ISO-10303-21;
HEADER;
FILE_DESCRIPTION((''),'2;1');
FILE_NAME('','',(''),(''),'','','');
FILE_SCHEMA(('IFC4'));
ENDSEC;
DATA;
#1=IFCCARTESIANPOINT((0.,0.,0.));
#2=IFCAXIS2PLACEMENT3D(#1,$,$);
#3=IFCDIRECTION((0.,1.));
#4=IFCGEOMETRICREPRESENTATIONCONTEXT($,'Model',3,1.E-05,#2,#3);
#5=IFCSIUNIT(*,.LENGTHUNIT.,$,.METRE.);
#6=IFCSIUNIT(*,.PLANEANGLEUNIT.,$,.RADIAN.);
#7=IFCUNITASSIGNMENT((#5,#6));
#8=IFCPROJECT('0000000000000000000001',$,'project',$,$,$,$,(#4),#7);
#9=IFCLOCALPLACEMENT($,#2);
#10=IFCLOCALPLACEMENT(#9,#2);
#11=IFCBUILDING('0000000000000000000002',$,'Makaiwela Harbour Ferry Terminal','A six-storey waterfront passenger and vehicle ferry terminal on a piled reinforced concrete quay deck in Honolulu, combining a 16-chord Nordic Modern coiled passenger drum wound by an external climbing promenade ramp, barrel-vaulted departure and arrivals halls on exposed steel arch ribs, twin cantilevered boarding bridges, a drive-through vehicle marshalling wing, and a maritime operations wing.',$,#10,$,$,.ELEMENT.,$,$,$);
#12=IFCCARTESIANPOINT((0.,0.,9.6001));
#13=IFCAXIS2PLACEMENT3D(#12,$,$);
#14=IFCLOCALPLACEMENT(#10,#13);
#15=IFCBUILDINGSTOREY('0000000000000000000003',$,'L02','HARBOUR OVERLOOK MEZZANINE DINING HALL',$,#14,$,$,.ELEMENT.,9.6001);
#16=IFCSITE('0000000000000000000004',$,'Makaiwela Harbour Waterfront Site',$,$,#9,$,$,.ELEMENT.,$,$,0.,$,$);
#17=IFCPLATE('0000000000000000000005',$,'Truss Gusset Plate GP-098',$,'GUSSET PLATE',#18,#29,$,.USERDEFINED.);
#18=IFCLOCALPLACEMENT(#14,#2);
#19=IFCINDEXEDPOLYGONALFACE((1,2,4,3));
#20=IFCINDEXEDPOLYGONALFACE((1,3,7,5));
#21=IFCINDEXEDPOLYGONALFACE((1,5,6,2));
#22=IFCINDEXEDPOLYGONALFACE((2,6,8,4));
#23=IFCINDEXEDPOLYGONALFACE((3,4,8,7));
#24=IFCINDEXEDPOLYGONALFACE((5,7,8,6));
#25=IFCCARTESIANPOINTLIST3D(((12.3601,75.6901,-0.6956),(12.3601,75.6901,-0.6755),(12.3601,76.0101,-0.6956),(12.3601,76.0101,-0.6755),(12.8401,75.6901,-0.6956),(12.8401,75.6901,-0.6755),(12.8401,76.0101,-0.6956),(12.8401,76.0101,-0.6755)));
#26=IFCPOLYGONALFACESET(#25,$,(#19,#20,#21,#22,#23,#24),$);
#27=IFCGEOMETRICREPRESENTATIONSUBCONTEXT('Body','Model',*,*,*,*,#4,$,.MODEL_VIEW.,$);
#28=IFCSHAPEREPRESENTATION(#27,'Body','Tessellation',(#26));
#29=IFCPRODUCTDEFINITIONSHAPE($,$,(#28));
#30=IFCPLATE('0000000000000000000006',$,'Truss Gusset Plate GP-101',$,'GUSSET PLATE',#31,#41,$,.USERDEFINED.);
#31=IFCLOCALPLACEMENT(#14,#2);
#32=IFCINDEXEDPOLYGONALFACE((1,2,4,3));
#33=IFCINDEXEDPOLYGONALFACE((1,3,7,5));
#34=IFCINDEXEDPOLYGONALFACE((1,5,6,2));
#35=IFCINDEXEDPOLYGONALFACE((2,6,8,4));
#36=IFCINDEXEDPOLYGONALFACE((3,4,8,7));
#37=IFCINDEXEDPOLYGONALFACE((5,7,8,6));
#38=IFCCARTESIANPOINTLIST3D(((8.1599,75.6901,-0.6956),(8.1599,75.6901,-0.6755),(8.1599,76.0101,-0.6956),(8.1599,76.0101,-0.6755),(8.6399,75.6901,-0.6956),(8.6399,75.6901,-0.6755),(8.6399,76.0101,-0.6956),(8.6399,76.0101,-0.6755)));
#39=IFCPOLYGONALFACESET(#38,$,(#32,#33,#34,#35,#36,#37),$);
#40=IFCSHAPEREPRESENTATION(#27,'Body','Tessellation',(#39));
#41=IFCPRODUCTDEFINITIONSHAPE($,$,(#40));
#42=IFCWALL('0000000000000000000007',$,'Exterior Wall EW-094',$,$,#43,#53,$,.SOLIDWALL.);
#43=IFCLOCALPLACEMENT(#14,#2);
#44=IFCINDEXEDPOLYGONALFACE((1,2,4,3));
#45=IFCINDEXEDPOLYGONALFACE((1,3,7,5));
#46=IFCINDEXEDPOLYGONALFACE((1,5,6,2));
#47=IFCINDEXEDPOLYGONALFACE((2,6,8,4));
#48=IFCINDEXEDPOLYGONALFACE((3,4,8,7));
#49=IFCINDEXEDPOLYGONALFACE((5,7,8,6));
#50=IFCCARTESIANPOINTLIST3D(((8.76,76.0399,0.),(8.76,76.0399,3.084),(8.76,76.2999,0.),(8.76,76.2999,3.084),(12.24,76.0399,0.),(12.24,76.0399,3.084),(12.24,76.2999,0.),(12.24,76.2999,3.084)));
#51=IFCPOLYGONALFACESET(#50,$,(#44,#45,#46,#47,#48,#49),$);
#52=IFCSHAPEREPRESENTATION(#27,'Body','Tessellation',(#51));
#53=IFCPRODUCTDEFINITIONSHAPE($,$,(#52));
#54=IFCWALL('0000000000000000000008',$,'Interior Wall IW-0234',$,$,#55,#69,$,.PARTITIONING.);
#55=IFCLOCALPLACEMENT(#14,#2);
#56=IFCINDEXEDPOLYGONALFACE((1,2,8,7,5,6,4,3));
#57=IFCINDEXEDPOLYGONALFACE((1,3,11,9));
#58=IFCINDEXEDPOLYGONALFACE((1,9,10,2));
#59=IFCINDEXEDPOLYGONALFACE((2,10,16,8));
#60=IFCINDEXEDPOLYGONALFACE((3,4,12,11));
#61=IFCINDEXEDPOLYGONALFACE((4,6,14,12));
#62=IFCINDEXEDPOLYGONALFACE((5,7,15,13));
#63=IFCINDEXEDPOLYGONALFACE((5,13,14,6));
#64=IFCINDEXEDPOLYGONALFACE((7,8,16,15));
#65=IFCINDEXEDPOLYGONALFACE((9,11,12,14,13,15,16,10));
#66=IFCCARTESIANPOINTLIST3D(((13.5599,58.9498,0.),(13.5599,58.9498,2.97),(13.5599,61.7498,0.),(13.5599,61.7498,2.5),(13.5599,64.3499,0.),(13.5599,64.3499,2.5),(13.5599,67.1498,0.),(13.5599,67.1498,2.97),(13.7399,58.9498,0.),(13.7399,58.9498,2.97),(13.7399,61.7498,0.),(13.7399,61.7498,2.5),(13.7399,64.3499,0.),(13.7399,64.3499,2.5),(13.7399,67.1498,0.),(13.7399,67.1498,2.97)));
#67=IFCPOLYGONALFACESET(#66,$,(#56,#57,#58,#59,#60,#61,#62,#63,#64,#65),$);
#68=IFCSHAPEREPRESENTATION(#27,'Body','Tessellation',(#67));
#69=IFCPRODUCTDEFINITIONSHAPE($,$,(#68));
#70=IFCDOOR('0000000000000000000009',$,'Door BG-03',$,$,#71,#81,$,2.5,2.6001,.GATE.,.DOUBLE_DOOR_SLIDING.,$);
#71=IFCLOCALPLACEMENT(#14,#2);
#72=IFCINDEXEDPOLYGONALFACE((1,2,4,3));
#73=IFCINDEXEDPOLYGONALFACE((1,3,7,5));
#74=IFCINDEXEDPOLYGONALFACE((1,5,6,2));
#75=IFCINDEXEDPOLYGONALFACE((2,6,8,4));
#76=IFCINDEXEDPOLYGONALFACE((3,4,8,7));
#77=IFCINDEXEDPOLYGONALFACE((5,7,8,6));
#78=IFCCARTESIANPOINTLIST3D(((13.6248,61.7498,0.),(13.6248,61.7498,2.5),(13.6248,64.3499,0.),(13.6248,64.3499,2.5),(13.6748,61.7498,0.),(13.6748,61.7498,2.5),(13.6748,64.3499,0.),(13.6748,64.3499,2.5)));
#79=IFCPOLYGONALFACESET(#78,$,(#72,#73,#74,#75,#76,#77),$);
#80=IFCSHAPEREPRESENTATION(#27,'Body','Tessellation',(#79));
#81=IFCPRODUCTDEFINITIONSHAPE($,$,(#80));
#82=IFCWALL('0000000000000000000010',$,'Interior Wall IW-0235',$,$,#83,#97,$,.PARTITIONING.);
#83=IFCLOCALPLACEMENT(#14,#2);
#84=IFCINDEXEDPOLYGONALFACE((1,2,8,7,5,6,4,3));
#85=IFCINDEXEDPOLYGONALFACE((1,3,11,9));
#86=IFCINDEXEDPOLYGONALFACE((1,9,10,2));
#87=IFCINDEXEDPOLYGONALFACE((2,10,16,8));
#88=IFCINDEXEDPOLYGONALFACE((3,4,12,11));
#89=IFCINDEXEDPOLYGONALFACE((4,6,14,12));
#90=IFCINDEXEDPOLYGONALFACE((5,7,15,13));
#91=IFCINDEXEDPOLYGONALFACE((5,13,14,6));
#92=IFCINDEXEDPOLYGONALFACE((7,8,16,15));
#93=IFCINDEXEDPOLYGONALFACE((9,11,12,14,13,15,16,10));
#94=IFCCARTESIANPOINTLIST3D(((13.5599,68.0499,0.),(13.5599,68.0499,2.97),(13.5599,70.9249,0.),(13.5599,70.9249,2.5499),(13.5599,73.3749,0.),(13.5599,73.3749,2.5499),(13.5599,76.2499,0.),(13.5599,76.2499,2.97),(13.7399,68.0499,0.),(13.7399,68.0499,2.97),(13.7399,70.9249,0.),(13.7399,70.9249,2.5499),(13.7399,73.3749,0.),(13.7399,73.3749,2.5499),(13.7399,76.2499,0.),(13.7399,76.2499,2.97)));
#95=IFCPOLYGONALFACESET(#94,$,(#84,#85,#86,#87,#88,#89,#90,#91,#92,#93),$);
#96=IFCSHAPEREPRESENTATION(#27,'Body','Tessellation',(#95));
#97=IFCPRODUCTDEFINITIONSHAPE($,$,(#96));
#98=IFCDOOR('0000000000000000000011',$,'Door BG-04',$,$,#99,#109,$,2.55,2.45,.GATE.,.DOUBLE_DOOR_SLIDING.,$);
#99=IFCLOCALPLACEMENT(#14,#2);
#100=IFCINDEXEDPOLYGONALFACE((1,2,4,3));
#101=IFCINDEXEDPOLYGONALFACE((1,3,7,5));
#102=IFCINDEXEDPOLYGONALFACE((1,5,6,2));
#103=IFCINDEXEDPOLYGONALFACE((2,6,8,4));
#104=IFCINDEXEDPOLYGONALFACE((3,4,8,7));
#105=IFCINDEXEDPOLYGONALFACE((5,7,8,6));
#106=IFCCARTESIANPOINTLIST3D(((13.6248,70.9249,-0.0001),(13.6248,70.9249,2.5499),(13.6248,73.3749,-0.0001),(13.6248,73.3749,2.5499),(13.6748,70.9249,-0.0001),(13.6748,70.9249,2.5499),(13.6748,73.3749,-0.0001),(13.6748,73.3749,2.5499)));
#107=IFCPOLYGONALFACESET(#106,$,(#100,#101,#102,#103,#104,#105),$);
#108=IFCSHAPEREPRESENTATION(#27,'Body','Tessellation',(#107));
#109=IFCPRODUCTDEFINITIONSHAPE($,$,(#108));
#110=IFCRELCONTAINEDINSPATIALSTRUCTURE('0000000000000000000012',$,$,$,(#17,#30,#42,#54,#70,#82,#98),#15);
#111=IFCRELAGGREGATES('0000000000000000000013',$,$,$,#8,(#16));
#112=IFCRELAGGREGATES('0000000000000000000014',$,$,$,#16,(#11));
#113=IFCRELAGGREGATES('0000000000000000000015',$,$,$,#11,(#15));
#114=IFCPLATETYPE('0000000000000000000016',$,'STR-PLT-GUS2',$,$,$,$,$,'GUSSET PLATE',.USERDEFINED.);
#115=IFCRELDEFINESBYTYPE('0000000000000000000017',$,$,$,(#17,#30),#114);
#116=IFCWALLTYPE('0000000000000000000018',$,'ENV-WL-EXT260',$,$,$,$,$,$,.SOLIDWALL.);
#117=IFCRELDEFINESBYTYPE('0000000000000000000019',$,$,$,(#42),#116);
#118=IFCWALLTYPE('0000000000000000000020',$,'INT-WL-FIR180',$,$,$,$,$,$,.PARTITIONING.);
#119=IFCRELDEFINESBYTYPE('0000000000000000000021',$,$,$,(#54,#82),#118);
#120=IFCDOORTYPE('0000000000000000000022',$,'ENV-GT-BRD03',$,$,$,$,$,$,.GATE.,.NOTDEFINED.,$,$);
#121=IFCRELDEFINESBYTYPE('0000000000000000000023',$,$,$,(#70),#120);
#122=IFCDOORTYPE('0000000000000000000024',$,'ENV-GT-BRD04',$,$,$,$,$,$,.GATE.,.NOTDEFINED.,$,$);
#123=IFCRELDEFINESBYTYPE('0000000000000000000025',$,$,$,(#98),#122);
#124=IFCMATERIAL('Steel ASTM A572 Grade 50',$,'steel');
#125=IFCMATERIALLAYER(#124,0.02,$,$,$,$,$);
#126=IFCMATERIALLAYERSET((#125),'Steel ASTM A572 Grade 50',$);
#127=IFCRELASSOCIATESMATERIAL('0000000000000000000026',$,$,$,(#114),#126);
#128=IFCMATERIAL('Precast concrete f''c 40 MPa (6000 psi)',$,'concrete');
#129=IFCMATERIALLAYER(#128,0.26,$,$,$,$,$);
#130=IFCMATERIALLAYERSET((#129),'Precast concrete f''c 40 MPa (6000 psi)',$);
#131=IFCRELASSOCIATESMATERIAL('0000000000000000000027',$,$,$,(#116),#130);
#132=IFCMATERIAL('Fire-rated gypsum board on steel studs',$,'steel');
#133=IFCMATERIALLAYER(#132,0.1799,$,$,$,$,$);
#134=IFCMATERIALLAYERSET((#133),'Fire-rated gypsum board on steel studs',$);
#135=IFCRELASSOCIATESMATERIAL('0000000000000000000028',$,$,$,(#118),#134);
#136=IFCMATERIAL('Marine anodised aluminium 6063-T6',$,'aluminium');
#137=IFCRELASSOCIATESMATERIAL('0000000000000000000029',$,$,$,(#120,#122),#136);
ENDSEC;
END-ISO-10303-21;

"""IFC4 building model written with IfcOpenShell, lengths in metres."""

from ifc_helpers import new_model, si_unit, direction, frame, frame_2d, origin, origin_2d, place, context, subcontext, project, spatial, rectangle, extrude, material, layer, layer_set, type_object, element, fill, save


model = new_model("IFC4")

# Units and contexts
model_context = context("Model", 3, precision=1e-05, world=origin(), true_north=direction((0.0, 1.0)))
body_context = subcontext(model_context, "Body", "Model", "MODEL_VIEW")
ifc_project = project(units=[si_unit("LENGTHUNIT", "METRE"), si_unit("PLANEANGLEUNIT", "RADIAN")], contexts=[model_context])

# Site, building, storey
site_placement = place(None, origin())
site = spatial("IfcSite", under=ifc_project, at=site_placement, Name="Makaiwela Harbour Waterfront Site", CompositionType="ELEMENT", RefElevation=0.0)
building_placement = place(site_placement, origin())
building = spatial("IfcBuilding", under=site, at=building_placement, Name="Makaiwela Harbour Ferry Terminal", Description="A six-storey waterfront passenger and vehicle ferry terminal on a piled reinforced concrete quay deck in Honolulu, combining a 16-chord Nordic Modern coiled passenger drum wound by an external climbing promenade ramp, barrel-vaulted departure and arrivals halls on exposed steel arch ribs, twin cantilevered boarding bridges, a drive-through vehicle marshalling wing, and a maritime operations wing.", CompositionType="ELEMENT")
storey_placement = place(building_placement, frame((0.0, 0.0, 9.6001)))
storey = spatial("IfcBuildingStorey", under=building, at=storey_placement, Name="L02", Description="HARBOUR OVERLOOK MEZZANINE DINING HALL", CompositionType="ELEMENT", Elevation=9.6001)

# Plates
ifc_material_1 = material(Name="Steel ASTM A572 Grade 50", Category="steel")
ifc_layer_1 = layer(ifc_material_1, 0.02)
ifc_layer_set_1 = layer_set([ifc_layer_1], Name="Steel ASTM A572 Grade 50")
plate_type = type_object("IfcPlateType", Name="STR-PLT-GUS2", ElementType="GUSSET PLATE", PredefinedType="USERDEFINED", material=ifc_layer_set_1)
for number, where, z_axis, x_axis, name in (
    (1, (12.6001, 75.8501, -0.6956), (0.0, 0.0, 1.0), (1.0, 0.0, 0.0), "Truss Gusset Plate GP-098"),
    (2, (8.3999, 75.8501, -0.6956), (0.0, 0.0, 1.0), (1.0, 0.0, 0.0), "Truss Gusset Plate GP-101"),
):
    element("IfcPlate", number, at=place(storey_placement, frame(where, z_axis=z_axis, x_axis=x_axis)), inside=storey, type_object=plate_type, Name=name, ObjectType="GUSSET PLATE", PredefinedType="USERDEFINED", context=body_context, shape_type="SweptSolid", body=[
        extrude(rectangle(XDim=0.48, YDim=0.3201, at=origin_2d()), origin(), (0.0, 0.0, 1.0), 0.02),
    ])

# Wall
ifc_material_2 = material(Name="Precast concrete f'c 40 MPa (6000 psi)", Category="concrete")
ifc_layer_2 = layer(ifc_material_2, 0.26)
ifc_layer_set_2 = layer_set([ifc_layer_2], Name="Precast concrete f'c 40 MPa (6000 psi)")
wall_type_1 = type_object("IfcWallType", Name="ENV-WL-EXT260", PredefinedType="SOLIDWALL", material=ifc_layer_set_2)
wall_1_placement = place(storey_placement, frame((8.76, 76.1699, 0.0), z_axis=(0.0, 0.0, 1.0), x_axis=(1.0, 0.0, 0.0)))
element("IfcWall", 3, at=wall_1_placement, inside=storey, type_object=wall_type_1, Name="Exterior Wall EW-094", PredefinedType="SOLIDWALL", context=body_context, shape_type="SweptSolid", body=[
    extrude(rectangle(XDim=3.48, YDim=0.26, at=frame_2d((1.74, 0.0))), origin(), (0.0, 0.0, 1.0), 3.084),
])

# Walls, openings, doors
ifc_material_3 = material(Name="Fire-rated gypsum board on steel studs", Category="steel")
ifc_layer_3 = layer(ifc_material_3, 0.1799)
ifc_layer_set_3 = layer_set([ifc_layer_3], Name="Fire-rated gypsum board on steel studs")
wall_type_2 = type_object("IfcWallType", Name="INT-WL-FIR180", PredefinedType="PARTITIONING", material=ifc_layer_set_3)
wall_2_placement = place(storey_placement, frame((13.6499, 67.1499, 0.0), z_axis=(0.0, 0.0, 1.0), x_axis=(0.0, -1.0, 0.0)))
wall_2 = element("IfcWall", 4, at=wall_2_placement, inside=storey, type_object=wall_type_2, Name="Interior Wall IW-0234", PredefinedType="PARTITIONING", context=body_context, shape_type="SweptSolid", body=[
    extrude(rectangle(XDim=8.2, YDim=0.1799, at=frame_2d((4.1001, 0.0))), origin(), (0.0, 0.0, 1.0), 2.97),
])
opening_1_placement = place(wall_2_placement, frame((2.8, 0.0, 0.0)))
opening_1 = element("IfcOpeningElement", 5, at=opening_1_placement, cuts=wall_2, PredefinedType="OPENING", context=body_context, shape_type="SweptSolid", body=[
    extrude(rectangle(XDim=2.6001, YDim=2.5, at=frame_2d((1.3, 1.25))), frame((0.0, 0.0999, 0.0), z_axis=(0.0, -1.0, 0.0), x_axis=(1.0, 0.0, 0.0)), (0.0, 0.0, 1.0), 0.2),
])
ifc_material_4 = material(Name="Marine anodised aluminium 6063-T6", Category="aluminium")
door_type_1 = type_object("IfcDoorType", Name="ENV-GT-BRD03", OperationType="NOTDEFINED", PredefinedType="GATE", material=ifc_material_4)
door_1_placement = place(opening_1_placement, origin())
door_1 = element("IfcDoor", 6, at=door_1_placement, inside=storey, type_object=door_type_1, Name="Door BG-03", OperationType="DOUBLE_DOOR_SLIDING", OverallHeight=2.5, OverallWidth=2.6001, PredefinedType="GATE", context=body_context, shape_type="SweptSolid", body=[
    extrude(rectangle(XDim=2.6001, YDim=2.5, at=frame_2d((1.3, 1.25))), frame((0.0, 0.0249, 0.0), z_axis=(0.0, -1.0, 0.0), x_axis=(1.0, 0.0, 0.0)), (0.0, 0.0, 1.0), 0.05),
])
fill(opening_1, door_1)
wall_3_placement = place(storey_placement, frame((13.6499, 76.25, 0.0), z_axis=(0.0, 0.0, 1.0), x_axis=(0.0, -1.0, 0.0)))
wall_3 = element("IfcWall", 7, at=wall_3_placement, inside=storey, type_object=wall_type_2, Name="Interior Wall IW-0235", PredefinedType="PARTITIONING", context=body_context, shape_type="SweptSolid", body=[
    extrude(rectangle(XDim=8.2, YDim=0.1799, at=frame_2d((4.1001, 0.0))), origin(), (0.0, 0.0, 1.0), 2.97),
])
opening_2_placement = place(wall_3_placement, frame((2.875, 0.0, 0.0)))
opening_2 = element("IfcOpeningElement", 8, at=opening_2_placement, cuts=wall_3, PredefinedType="OPENING", context=body_context, shape_type="SweptSolid", body=[
    extrude(rectangle(XDim=2.45, YDim=2.55, at=frame_2d((1.2251, 1.2749))), frame((0.0, 0.0999, 0.0), z_axis=(0.0, -1.0, 0.0), x_axis=(1.0, 0.0, 0.0)), (0.0, 0.0, 1.0), 0.2),
])
door_type_2 = type_object("IfcDoorType", Name="ENV-GT-BRD04", OperationType="NOTDEFINED", PredefinedType="GATE", material=ifc_material_4)
door_2_placement = place(opening_2_placement, origin())
door_2 = element("IfcDoor", 9, at=door_2_placement, inside=storey, type_object=door_type_2, Name="Door BG-04", OperationType="DOUBLE_DOOR_SLIDING", OverallHeight=2.55, OverallWidth=2.45, PredefinedType="GATE", context=body_context, shape_type="SweptSolid", body=[
    extrude(rectangle(XDim=2.45, YDim=2.55, at=frame_2d((1.2251, 1.2749))), frame((0.0, 0.0249, 0.0), z_axis=(0.0, -1.0, 0.0), x_axis=(1.0, 0.0, 0.0)), (0.0, 0.0, 1.0), 0.05),
])
fill(opening_2, door_2)

save(model, "model.ifc")
